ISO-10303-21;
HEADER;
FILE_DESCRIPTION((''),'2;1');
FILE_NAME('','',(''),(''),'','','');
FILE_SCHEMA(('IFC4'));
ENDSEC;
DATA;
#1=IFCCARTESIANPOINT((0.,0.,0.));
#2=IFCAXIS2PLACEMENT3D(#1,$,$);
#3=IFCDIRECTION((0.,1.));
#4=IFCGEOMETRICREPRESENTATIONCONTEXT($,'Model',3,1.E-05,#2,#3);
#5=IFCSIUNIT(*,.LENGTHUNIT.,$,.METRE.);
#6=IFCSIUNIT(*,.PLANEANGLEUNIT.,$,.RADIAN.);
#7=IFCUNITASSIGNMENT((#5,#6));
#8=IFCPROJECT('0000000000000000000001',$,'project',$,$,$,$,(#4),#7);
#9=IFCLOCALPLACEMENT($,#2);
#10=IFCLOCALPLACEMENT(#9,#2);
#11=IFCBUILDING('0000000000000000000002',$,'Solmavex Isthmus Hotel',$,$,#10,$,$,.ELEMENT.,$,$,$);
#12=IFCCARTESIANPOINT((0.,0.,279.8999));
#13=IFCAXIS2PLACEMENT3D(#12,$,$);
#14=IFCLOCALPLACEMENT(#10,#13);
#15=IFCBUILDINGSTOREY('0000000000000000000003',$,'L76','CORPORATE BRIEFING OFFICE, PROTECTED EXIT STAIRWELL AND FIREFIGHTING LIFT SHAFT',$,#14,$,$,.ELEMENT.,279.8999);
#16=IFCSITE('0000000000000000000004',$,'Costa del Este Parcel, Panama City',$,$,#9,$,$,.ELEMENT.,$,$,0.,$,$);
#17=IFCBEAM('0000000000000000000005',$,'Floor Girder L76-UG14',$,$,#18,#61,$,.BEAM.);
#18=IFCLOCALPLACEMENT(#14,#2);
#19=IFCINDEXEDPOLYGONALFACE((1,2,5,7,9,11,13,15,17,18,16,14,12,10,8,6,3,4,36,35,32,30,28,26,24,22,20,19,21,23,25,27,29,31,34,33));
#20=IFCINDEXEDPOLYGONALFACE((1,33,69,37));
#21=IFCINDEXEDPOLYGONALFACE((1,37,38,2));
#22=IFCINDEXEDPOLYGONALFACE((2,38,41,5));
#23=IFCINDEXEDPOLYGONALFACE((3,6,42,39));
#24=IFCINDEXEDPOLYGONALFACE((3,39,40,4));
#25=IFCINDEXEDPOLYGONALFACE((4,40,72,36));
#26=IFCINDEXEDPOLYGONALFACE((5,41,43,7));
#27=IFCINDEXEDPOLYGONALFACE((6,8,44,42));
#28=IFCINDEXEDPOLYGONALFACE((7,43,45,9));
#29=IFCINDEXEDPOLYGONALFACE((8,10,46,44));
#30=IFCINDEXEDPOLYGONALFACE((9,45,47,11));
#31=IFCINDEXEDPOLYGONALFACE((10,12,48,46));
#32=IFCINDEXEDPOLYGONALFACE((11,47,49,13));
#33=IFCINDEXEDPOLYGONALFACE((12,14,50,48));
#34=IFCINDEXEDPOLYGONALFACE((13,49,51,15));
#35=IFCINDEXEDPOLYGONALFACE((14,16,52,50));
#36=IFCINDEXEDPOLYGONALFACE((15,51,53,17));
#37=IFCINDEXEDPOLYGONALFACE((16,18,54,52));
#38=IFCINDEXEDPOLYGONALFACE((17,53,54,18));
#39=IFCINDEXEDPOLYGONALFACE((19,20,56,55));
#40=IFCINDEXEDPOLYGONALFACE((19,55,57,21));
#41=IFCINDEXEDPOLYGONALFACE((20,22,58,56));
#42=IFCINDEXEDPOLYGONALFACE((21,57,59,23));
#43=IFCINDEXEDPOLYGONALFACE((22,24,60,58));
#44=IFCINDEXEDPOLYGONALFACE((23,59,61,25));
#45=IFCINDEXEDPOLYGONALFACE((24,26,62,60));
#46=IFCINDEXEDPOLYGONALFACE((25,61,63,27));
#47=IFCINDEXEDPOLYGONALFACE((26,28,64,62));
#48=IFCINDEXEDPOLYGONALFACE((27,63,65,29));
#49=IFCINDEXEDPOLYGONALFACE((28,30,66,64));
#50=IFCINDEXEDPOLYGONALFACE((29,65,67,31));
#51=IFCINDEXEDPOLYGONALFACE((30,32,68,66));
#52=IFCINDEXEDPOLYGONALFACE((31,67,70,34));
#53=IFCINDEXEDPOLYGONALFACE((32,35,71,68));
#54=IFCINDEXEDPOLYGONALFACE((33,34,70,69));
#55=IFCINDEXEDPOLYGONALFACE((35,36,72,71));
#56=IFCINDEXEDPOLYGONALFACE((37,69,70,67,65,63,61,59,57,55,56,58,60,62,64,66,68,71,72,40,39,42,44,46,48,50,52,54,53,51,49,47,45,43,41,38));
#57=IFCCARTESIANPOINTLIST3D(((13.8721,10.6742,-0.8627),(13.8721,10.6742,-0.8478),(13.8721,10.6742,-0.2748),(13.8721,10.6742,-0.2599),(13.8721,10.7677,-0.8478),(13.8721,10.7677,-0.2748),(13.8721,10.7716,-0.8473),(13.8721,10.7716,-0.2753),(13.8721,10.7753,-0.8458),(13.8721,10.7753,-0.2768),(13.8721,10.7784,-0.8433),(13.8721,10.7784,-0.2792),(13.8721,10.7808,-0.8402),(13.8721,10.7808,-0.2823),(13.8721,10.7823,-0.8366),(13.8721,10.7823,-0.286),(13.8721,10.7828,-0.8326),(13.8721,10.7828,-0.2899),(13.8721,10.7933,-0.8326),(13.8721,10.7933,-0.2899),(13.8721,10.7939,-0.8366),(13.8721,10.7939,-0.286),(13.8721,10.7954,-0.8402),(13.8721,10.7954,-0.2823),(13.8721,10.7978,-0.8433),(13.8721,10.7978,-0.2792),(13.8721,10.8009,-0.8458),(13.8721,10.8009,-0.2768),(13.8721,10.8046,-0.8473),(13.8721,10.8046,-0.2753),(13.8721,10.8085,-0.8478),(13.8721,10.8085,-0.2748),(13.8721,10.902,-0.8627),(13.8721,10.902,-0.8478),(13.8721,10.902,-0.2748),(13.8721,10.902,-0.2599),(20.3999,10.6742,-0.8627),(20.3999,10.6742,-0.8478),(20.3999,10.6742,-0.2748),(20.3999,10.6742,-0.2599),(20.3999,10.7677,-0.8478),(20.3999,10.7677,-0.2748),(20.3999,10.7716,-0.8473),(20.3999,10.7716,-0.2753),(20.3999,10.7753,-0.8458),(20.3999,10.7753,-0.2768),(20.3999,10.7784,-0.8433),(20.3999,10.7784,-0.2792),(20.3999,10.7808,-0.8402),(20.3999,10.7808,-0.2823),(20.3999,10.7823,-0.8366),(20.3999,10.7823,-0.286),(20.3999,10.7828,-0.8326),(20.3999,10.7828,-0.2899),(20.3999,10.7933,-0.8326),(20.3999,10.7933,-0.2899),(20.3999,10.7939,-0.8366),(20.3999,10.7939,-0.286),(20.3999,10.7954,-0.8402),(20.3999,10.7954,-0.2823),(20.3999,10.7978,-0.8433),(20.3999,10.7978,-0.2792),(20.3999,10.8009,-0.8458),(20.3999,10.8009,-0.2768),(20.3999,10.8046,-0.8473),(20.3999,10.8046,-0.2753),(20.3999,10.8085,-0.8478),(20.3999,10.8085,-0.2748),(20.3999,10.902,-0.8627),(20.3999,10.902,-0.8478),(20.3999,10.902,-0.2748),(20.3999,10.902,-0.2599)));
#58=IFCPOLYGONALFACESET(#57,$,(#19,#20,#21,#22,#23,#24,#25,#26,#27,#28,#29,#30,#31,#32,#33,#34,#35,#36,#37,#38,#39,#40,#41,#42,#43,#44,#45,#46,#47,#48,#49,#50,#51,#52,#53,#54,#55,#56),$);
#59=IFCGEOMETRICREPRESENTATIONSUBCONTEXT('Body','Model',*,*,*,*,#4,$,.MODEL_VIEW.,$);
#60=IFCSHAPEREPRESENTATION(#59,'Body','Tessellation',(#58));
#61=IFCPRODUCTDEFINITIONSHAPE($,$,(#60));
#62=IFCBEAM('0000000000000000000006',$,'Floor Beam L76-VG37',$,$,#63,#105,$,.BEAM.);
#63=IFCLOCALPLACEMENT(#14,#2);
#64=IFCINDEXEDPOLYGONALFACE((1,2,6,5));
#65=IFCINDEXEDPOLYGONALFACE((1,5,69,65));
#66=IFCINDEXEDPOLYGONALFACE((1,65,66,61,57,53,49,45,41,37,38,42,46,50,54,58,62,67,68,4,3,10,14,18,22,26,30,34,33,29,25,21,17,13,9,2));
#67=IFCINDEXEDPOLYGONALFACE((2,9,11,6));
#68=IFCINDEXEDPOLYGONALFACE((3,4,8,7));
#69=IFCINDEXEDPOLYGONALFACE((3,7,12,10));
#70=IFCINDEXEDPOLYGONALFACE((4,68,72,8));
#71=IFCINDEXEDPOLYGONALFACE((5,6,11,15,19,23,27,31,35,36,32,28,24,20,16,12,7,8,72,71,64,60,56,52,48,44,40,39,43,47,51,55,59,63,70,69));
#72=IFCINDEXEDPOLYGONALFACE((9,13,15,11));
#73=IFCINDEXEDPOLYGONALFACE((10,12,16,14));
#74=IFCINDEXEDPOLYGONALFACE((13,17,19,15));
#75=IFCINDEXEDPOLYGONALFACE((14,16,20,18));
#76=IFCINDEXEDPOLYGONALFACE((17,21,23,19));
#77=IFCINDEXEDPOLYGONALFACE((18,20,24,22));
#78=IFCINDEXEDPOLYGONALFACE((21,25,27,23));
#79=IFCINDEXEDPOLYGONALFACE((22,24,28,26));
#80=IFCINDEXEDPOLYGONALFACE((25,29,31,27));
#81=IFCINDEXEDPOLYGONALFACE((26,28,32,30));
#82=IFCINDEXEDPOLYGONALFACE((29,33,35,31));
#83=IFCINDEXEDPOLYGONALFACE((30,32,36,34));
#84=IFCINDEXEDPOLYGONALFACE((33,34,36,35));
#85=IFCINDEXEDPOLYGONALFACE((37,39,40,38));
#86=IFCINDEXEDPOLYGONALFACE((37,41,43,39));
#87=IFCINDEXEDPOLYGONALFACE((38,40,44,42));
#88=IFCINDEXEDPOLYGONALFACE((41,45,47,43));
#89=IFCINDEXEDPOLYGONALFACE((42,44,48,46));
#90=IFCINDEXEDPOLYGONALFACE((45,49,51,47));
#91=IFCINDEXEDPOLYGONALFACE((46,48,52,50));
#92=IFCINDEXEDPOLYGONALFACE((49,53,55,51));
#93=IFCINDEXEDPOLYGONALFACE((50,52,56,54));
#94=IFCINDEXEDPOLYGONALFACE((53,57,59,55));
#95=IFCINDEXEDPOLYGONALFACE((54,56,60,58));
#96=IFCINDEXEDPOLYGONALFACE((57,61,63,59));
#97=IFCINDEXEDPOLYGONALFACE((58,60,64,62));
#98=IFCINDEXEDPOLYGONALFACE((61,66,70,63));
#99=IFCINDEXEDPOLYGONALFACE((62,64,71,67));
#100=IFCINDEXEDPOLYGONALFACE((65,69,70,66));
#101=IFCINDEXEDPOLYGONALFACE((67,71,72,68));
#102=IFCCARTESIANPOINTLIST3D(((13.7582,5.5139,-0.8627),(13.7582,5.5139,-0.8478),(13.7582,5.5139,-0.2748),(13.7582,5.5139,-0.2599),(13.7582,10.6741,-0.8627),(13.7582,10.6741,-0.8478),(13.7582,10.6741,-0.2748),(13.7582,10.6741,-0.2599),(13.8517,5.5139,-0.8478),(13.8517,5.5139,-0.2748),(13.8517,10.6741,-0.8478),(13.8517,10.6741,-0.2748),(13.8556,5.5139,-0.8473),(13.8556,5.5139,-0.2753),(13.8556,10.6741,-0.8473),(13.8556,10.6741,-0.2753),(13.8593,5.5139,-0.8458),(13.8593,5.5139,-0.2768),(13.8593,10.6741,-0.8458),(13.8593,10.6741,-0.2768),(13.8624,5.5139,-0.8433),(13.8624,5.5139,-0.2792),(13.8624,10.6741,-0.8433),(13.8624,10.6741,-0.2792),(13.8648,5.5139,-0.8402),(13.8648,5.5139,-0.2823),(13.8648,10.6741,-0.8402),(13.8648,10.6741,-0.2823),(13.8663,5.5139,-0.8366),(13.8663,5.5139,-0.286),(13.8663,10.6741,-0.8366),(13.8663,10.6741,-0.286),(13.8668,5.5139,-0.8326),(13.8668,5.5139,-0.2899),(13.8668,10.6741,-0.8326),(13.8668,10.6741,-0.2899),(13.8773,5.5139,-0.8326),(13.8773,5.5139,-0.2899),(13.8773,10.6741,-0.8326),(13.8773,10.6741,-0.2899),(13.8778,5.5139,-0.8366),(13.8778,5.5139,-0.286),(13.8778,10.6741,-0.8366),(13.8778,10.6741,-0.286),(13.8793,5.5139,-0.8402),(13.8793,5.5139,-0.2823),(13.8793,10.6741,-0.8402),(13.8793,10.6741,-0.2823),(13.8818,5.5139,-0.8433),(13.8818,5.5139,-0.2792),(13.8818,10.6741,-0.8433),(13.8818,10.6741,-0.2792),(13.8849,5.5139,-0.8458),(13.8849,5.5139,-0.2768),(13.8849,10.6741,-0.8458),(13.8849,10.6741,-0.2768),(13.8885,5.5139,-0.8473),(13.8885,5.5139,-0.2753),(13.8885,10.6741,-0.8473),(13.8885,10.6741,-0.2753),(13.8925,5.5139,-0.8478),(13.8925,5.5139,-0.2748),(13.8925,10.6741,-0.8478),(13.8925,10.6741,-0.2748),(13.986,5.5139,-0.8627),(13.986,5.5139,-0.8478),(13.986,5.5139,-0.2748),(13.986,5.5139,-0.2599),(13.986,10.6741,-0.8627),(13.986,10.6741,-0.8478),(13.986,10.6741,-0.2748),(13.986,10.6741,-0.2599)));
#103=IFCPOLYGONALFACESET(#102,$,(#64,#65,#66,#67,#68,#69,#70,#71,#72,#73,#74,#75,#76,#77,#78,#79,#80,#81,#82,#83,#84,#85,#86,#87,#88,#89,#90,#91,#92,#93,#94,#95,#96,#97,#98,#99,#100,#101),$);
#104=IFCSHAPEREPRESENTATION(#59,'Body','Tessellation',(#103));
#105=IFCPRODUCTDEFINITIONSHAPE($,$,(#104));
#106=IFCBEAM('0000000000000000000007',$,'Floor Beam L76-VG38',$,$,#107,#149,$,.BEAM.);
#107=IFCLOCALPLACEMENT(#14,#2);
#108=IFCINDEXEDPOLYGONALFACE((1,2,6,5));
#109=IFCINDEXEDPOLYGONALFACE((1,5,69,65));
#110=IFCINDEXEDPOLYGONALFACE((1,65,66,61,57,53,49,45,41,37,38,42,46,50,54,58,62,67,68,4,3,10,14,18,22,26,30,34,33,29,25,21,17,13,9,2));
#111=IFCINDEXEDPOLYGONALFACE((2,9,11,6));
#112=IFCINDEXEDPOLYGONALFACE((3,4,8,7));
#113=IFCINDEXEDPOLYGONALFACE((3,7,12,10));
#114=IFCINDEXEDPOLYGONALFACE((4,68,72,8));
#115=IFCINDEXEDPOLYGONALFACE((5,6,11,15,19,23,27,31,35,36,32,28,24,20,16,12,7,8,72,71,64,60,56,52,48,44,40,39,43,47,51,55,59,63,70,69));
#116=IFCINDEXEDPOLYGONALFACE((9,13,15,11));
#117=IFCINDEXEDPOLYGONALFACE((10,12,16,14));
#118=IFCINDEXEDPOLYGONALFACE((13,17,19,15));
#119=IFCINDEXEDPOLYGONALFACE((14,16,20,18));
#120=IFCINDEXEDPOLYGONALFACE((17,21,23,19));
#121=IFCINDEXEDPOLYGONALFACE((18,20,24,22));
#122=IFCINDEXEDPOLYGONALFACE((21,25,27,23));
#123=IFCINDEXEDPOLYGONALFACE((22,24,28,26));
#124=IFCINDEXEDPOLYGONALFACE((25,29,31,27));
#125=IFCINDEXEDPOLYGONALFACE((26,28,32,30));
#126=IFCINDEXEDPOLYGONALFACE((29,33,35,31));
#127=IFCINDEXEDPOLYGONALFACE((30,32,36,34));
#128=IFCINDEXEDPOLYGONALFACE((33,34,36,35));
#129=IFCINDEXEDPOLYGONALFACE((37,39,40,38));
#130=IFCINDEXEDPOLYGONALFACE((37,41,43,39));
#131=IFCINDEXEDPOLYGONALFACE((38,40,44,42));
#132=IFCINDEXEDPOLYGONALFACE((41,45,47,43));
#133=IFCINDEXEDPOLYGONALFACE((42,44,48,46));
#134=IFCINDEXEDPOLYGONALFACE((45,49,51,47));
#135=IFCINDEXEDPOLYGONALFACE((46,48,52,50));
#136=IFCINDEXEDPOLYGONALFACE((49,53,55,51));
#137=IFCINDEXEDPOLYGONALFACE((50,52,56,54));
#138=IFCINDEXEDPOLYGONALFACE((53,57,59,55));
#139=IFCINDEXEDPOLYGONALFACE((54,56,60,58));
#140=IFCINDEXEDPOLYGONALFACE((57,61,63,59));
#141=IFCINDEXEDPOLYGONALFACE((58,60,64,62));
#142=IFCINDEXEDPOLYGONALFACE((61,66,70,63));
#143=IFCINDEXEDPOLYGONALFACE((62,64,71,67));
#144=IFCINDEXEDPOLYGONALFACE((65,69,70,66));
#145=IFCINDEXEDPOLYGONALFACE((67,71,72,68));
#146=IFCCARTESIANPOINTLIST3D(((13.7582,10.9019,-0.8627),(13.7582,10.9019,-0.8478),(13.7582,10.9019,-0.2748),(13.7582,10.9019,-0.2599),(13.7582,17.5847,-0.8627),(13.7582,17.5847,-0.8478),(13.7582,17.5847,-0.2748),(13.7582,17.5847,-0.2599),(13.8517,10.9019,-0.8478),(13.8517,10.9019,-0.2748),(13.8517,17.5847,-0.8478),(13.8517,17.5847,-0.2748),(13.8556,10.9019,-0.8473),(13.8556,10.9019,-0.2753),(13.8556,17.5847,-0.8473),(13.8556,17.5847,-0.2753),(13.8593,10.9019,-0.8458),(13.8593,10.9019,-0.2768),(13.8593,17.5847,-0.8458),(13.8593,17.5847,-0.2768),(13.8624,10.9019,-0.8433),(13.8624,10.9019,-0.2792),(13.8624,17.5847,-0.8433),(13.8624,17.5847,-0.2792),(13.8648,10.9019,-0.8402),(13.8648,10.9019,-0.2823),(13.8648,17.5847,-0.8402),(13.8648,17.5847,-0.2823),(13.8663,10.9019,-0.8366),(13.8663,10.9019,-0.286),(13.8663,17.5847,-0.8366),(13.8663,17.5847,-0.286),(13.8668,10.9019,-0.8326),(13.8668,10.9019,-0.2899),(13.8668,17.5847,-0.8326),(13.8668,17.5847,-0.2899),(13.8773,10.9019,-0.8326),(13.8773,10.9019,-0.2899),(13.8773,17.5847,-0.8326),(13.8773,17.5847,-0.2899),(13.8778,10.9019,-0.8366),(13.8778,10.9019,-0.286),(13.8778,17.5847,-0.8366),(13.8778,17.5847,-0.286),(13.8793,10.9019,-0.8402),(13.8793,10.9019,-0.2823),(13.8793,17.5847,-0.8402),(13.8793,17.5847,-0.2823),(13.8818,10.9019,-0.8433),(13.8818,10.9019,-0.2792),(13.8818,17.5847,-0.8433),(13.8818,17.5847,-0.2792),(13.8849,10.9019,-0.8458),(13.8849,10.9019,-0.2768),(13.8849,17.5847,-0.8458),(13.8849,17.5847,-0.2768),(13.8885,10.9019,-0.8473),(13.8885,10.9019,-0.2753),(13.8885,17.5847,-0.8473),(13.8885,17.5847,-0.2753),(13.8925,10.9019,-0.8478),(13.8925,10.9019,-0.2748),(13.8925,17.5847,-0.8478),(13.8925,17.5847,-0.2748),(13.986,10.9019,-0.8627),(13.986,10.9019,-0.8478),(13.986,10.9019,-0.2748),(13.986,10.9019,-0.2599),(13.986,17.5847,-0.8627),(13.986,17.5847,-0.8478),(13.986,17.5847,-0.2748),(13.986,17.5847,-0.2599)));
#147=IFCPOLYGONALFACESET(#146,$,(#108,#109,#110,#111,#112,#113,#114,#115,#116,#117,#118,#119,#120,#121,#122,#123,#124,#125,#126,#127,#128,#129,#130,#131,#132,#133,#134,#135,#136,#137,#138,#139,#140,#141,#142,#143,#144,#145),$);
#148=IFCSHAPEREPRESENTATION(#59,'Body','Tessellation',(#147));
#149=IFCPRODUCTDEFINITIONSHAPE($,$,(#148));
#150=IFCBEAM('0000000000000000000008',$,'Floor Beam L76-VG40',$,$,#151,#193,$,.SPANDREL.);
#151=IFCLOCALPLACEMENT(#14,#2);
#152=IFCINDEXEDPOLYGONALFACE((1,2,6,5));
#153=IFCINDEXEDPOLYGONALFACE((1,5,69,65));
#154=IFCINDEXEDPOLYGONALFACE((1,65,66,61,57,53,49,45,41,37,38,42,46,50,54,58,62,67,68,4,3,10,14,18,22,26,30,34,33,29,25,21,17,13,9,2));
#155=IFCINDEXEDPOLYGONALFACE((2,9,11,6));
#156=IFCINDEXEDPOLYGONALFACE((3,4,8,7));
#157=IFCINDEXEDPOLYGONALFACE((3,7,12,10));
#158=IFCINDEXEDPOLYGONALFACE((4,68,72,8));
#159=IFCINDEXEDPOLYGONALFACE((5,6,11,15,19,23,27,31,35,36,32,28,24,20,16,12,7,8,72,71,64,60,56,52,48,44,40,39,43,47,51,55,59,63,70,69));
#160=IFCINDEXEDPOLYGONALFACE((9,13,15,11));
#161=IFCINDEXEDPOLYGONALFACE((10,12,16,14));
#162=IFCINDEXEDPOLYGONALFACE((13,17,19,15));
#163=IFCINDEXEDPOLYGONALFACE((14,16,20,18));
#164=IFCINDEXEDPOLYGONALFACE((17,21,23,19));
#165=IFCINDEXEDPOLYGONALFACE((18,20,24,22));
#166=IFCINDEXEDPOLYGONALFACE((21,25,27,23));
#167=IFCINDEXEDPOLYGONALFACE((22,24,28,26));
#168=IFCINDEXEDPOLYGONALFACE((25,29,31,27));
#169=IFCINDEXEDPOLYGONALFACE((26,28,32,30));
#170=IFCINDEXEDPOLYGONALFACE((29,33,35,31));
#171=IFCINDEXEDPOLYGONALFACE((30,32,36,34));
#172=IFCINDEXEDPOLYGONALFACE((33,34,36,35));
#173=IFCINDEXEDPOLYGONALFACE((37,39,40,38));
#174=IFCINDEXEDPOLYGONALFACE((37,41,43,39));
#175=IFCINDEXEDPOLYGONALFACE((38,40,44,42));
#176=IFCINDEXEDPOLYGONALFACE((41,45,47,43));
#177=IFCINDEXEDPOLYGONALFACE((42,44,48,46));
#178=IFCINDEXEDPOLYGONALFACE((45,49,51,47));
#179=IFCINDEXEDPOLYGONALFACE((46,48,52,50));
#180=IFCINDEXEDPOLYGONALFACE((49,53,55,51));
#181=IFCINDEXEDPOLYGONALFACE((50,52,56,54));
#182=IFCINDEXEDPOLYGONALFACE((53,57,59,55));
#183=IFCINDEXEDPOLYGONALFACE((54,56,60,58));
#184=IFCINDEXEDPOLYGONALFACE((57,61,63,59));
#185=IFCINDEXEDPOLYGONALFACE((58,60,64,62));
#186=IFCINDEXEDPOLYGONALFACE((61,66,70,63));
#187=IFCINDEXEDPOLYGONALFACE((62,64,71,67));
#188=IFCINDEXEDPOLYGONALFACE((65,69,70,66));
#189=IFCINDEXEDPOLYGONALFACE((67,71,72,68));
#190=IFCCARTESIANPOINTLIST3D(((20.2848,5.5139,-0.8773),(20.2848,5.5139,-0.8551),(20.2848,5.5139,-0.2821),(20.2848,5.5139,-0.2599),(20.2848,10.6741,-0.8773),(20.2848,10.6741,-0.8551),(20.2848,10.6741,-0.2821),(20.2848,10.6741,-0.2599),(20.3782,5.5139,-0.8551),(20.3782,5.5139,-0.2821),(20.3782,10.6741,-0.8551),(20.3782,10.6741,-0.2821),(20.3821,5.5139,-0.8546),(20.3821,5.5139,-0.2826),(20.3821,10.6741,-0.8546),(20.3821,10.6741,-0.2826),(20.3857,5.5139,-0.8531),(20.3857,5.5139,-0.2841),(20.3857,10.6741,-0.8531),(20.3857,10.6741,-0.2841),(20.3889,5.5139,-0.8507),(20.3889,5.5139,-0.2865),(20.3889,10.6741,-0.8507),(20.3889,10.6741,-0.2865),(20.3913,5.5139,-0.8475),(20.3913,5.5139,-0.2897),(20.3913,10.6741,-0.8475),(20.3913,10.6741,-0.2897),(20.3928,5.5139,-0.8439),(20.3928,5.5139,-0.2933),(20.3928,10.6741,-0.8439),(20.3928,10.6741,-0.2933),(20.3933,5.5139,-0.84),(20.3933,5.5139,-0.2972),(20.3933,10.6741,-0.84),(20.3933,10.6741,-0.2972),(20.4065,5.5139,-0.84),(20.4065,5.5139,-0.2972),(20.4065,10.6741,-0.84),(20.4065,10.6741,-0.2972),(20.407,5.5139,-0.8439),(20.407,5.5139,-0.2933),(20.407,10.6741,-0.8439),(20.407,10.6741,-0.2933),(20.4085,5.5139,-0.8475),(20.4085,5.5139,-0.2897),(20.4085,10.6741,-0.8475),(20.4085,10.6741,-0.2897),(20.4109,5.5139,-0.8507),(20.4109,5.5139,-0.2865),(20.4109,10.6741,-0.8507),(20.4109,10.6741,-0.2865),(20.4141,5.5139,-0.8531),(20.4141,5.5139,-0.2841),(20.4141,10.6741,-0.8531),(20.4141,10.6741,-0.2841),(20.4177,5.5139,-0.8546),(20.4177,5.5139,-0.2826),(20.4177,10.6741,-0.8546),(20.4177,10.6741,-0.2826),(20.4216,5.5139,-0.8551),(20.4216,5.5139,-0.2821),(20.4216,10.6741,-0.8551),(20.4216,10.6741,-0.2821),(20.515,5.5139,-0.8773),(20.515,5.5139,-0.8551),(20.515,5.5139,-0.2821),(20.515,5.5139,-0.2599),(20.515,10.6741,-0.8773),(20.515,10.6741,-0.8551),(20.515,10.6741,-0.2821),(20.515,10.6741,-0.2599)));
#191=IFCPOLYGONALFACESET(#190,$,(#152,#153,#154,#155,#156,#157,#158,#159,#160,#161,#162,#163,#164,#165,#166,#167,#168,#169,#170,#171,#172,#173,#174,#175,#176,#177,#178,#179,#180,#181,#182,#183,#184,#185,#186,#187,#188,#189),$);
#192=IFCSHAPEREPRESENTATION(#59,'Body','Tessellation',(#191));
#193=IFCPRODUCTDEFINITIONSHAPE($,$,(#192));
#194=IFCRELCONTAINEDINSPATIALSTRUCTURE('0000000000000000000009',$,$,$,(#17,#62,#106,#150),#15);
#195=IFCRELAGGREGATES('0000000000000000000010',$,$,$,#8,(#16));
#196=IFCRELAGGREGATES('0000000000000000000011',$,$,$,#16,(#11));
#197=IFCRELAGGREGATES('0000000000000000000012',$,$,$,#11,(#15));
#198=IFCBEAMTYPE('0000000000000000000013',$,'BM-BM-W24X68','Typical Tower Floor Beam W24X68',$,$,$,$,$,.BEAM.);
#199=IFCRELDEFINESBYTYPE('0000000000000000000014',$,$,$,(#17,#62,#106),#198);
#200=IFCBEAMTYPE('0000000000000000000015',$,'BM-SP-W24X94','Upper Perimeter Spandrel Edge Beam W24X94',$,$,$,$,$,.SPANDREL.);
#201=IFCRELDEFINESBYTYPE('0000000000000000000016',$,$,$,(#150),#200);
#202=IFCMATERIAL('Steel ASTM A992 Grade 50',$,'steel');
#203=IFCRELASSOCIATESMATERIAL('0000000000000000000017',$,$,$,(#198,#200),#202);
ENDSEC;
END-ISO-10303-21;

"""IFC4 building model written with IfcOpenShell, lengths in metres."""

from ifc_helpers import new_model, si_unit, direction, frame, origin, origin_2d, place, context, subcontext, project, spatial, i_section, extrude, material, material_profile, profile_set, type_object, element, save


model = new_model("IFC4")

# Units and contexts
model_context = context("Model", 3, precision=1e-05, world=origin(), true_north=direction((0.0, 1.0)))
body_context = subcontext(model_context, "Body", "Model", "MODEL_VIEW")
ifc_project = project(units=[si_unit("LENGTHUNIT", "METRE"), si_unit("PLANEANGLEUNIT", "RADIAN")], contexts=[model_context])

# Site, building, storey
site_placement = place(None, origin())
site = spatial("IfcSite", under=ifc_project, at=site_placement, Name="Costa del Este Parcel, Panama City", CompositionType="ELEMENT", RefElevation=0.0)
building_placement = place(site_placement, origin())
building = spatial("IfcBuilding", under=site, at=building_placement, Name="Solmavex Isthmus Hotel", CompositionType="ELEMENT")
storey_placement = place(building_placement, frame((0.0, 0.0, 279.8999)))
storey = spatial("IfcBuildingStorey", under=building, at=storey_placement, Name="L76", Description="CORPORATE BRIEFING OFFICE, PROTECTED EXIT STAIRWELL AND FIREFIGHTING LIFT SHAFT", CompositionType="ELEMENT", Elevation=279.8999)

# Beams
ifc_material_1 = material(Name="Steel ASTM A992 Grade 50", Category="steel")
ifc_material_profile_1 = material_profile(ifc_material_1, i_section(OverallWidth=0.2278, OverallDepth=0.6028, WebThickness=0.0105, FlangeThickness=0.0149, FilletRadius=0.0151, at=origin_2d()), Name="W24X68")
ifc_profile_set_1 = profile_set([ifc_material_profile_1], Name="Steel ASTM A992 Grade 50")
beam_type_1 = type_object("IfcBeamType", Name="BM-BM-W24X68", Description="Typical Tower Floor Beam W24X68", PredefinedType="BEAM", material=ifc_profile_set_1)
beam_1_placement = place(storey_placement, frame((13.8721, 10.7881, -0.5613), z_axis=(1.0, 0.0, 0.0), x_axis=(0.0, 1.0, 0.0)))
element("IfcBeam", 1, at=beam_1_placement, inside=storey, type_object=beam_type_1, Name="Floor Girder L76-UG14", PredefinedType="BEAM", context=body_context, shape_type="SweptSolid", body=[
    extrude(i_section(OverallWidth=0.2278, OverallDepth=0.6028, WebThickness=0.0105, FlangeThickness=0.0149, FilletRadius=0.0151, at=origin_2d()), origin(), (0.0, 0.0, 1.0), 6.5278),
])
beam_2_placement = place(storey_placement, frame((13.8721, 5.5139, -0.5613), z_axis=(0.0, 1.0, 0.0), x_axis=(-1.0, 0.0, 0.0)))
element("IfcBeam", 2, at=beam_2_placement, inside=storey, type_object=beam_type_1, Name="Floor Beam L76-VG37", PredefinedType="BEAM", context=body_context, shape_type="SweptSolid", body=[
    extrude(i_section(OverallWidth=0.2278, OverallDepth=0.6028, WebThickness=0.0105, FlangeThickness=0.0149, FilletRadius=0.0151, at=origin_2d()), origin(), (0.0, 0.0, 1.0), 5.1602),
])
beam_3_placement = place(storey_placement, frame((13.8721, 10.9019, -0.5613), z_axis=(0.0, 1.0, 0.0), x_axis=(-1.0, 0.0, 0.0)))
element("IfcBeam", 3, at=beam_3_placement, inside=storey, type_object=beam_type_1, Name="Floor Beam L76-VG38", PredefinedType="BEAM", context=body_context, shape_type="SweptSolid", body=[
    extrude(i_section(OverallWidth=0.2278, OverallDepth=0.6028, WebThickness=0.0105, FlangeThickness=0.0149, FilletRadius=0.0151, at=origin_2d()), origin(), (0.0, 0.0, 1.0), 6.6829),
])
ifc_material_profile_2 = material_profile(ifc_material_1, i_section(OverallWidth=0.2302, OverallDepth=0.6174, WebThickness=0.0132, FlangeThickness=0.0222, FilletRadius=0.0151, at=origin_2d()), Name="W24X94")
ifc_profile_set_2 = profile_set([ifc_material_profile_2], Name="Steel ASTM A992 Grade 50")
beam_type_2 = type_object("IfcBeamType", Name="BM-SP-W24X94", Description="Upper Perimeter Spandrel Edge Beam W24X94", PredefinedType="SPANDREL", material=ifc_profile_set_2)
beam_4_placement = place(storey_placement, frame((20.3999, 5.5139, -0.5686), z_axis=(0.0, 1.0, 0.0), x_axis=(-1.0, 0.0, 0.0)))
element("IfcBeam", 4, at=beam_4_placement, inside=storey, type_object=beam_type_2, Name="Floor Beam L76-VG40", PredefinedType="SPANDREL", context=body_context, shape_type="SweptSolid", body=[
    extrude(i_section(OverallWidth=0.2302, OverallDepth=0.6174, WebThickness=0.0132, FlangeThickness=0.0222, FilletRadius=0.0151, at=origin_2d()), origin(), (0.0, 0.0, 1.0), 5.1602),
])

save(model, "model.ifc")
